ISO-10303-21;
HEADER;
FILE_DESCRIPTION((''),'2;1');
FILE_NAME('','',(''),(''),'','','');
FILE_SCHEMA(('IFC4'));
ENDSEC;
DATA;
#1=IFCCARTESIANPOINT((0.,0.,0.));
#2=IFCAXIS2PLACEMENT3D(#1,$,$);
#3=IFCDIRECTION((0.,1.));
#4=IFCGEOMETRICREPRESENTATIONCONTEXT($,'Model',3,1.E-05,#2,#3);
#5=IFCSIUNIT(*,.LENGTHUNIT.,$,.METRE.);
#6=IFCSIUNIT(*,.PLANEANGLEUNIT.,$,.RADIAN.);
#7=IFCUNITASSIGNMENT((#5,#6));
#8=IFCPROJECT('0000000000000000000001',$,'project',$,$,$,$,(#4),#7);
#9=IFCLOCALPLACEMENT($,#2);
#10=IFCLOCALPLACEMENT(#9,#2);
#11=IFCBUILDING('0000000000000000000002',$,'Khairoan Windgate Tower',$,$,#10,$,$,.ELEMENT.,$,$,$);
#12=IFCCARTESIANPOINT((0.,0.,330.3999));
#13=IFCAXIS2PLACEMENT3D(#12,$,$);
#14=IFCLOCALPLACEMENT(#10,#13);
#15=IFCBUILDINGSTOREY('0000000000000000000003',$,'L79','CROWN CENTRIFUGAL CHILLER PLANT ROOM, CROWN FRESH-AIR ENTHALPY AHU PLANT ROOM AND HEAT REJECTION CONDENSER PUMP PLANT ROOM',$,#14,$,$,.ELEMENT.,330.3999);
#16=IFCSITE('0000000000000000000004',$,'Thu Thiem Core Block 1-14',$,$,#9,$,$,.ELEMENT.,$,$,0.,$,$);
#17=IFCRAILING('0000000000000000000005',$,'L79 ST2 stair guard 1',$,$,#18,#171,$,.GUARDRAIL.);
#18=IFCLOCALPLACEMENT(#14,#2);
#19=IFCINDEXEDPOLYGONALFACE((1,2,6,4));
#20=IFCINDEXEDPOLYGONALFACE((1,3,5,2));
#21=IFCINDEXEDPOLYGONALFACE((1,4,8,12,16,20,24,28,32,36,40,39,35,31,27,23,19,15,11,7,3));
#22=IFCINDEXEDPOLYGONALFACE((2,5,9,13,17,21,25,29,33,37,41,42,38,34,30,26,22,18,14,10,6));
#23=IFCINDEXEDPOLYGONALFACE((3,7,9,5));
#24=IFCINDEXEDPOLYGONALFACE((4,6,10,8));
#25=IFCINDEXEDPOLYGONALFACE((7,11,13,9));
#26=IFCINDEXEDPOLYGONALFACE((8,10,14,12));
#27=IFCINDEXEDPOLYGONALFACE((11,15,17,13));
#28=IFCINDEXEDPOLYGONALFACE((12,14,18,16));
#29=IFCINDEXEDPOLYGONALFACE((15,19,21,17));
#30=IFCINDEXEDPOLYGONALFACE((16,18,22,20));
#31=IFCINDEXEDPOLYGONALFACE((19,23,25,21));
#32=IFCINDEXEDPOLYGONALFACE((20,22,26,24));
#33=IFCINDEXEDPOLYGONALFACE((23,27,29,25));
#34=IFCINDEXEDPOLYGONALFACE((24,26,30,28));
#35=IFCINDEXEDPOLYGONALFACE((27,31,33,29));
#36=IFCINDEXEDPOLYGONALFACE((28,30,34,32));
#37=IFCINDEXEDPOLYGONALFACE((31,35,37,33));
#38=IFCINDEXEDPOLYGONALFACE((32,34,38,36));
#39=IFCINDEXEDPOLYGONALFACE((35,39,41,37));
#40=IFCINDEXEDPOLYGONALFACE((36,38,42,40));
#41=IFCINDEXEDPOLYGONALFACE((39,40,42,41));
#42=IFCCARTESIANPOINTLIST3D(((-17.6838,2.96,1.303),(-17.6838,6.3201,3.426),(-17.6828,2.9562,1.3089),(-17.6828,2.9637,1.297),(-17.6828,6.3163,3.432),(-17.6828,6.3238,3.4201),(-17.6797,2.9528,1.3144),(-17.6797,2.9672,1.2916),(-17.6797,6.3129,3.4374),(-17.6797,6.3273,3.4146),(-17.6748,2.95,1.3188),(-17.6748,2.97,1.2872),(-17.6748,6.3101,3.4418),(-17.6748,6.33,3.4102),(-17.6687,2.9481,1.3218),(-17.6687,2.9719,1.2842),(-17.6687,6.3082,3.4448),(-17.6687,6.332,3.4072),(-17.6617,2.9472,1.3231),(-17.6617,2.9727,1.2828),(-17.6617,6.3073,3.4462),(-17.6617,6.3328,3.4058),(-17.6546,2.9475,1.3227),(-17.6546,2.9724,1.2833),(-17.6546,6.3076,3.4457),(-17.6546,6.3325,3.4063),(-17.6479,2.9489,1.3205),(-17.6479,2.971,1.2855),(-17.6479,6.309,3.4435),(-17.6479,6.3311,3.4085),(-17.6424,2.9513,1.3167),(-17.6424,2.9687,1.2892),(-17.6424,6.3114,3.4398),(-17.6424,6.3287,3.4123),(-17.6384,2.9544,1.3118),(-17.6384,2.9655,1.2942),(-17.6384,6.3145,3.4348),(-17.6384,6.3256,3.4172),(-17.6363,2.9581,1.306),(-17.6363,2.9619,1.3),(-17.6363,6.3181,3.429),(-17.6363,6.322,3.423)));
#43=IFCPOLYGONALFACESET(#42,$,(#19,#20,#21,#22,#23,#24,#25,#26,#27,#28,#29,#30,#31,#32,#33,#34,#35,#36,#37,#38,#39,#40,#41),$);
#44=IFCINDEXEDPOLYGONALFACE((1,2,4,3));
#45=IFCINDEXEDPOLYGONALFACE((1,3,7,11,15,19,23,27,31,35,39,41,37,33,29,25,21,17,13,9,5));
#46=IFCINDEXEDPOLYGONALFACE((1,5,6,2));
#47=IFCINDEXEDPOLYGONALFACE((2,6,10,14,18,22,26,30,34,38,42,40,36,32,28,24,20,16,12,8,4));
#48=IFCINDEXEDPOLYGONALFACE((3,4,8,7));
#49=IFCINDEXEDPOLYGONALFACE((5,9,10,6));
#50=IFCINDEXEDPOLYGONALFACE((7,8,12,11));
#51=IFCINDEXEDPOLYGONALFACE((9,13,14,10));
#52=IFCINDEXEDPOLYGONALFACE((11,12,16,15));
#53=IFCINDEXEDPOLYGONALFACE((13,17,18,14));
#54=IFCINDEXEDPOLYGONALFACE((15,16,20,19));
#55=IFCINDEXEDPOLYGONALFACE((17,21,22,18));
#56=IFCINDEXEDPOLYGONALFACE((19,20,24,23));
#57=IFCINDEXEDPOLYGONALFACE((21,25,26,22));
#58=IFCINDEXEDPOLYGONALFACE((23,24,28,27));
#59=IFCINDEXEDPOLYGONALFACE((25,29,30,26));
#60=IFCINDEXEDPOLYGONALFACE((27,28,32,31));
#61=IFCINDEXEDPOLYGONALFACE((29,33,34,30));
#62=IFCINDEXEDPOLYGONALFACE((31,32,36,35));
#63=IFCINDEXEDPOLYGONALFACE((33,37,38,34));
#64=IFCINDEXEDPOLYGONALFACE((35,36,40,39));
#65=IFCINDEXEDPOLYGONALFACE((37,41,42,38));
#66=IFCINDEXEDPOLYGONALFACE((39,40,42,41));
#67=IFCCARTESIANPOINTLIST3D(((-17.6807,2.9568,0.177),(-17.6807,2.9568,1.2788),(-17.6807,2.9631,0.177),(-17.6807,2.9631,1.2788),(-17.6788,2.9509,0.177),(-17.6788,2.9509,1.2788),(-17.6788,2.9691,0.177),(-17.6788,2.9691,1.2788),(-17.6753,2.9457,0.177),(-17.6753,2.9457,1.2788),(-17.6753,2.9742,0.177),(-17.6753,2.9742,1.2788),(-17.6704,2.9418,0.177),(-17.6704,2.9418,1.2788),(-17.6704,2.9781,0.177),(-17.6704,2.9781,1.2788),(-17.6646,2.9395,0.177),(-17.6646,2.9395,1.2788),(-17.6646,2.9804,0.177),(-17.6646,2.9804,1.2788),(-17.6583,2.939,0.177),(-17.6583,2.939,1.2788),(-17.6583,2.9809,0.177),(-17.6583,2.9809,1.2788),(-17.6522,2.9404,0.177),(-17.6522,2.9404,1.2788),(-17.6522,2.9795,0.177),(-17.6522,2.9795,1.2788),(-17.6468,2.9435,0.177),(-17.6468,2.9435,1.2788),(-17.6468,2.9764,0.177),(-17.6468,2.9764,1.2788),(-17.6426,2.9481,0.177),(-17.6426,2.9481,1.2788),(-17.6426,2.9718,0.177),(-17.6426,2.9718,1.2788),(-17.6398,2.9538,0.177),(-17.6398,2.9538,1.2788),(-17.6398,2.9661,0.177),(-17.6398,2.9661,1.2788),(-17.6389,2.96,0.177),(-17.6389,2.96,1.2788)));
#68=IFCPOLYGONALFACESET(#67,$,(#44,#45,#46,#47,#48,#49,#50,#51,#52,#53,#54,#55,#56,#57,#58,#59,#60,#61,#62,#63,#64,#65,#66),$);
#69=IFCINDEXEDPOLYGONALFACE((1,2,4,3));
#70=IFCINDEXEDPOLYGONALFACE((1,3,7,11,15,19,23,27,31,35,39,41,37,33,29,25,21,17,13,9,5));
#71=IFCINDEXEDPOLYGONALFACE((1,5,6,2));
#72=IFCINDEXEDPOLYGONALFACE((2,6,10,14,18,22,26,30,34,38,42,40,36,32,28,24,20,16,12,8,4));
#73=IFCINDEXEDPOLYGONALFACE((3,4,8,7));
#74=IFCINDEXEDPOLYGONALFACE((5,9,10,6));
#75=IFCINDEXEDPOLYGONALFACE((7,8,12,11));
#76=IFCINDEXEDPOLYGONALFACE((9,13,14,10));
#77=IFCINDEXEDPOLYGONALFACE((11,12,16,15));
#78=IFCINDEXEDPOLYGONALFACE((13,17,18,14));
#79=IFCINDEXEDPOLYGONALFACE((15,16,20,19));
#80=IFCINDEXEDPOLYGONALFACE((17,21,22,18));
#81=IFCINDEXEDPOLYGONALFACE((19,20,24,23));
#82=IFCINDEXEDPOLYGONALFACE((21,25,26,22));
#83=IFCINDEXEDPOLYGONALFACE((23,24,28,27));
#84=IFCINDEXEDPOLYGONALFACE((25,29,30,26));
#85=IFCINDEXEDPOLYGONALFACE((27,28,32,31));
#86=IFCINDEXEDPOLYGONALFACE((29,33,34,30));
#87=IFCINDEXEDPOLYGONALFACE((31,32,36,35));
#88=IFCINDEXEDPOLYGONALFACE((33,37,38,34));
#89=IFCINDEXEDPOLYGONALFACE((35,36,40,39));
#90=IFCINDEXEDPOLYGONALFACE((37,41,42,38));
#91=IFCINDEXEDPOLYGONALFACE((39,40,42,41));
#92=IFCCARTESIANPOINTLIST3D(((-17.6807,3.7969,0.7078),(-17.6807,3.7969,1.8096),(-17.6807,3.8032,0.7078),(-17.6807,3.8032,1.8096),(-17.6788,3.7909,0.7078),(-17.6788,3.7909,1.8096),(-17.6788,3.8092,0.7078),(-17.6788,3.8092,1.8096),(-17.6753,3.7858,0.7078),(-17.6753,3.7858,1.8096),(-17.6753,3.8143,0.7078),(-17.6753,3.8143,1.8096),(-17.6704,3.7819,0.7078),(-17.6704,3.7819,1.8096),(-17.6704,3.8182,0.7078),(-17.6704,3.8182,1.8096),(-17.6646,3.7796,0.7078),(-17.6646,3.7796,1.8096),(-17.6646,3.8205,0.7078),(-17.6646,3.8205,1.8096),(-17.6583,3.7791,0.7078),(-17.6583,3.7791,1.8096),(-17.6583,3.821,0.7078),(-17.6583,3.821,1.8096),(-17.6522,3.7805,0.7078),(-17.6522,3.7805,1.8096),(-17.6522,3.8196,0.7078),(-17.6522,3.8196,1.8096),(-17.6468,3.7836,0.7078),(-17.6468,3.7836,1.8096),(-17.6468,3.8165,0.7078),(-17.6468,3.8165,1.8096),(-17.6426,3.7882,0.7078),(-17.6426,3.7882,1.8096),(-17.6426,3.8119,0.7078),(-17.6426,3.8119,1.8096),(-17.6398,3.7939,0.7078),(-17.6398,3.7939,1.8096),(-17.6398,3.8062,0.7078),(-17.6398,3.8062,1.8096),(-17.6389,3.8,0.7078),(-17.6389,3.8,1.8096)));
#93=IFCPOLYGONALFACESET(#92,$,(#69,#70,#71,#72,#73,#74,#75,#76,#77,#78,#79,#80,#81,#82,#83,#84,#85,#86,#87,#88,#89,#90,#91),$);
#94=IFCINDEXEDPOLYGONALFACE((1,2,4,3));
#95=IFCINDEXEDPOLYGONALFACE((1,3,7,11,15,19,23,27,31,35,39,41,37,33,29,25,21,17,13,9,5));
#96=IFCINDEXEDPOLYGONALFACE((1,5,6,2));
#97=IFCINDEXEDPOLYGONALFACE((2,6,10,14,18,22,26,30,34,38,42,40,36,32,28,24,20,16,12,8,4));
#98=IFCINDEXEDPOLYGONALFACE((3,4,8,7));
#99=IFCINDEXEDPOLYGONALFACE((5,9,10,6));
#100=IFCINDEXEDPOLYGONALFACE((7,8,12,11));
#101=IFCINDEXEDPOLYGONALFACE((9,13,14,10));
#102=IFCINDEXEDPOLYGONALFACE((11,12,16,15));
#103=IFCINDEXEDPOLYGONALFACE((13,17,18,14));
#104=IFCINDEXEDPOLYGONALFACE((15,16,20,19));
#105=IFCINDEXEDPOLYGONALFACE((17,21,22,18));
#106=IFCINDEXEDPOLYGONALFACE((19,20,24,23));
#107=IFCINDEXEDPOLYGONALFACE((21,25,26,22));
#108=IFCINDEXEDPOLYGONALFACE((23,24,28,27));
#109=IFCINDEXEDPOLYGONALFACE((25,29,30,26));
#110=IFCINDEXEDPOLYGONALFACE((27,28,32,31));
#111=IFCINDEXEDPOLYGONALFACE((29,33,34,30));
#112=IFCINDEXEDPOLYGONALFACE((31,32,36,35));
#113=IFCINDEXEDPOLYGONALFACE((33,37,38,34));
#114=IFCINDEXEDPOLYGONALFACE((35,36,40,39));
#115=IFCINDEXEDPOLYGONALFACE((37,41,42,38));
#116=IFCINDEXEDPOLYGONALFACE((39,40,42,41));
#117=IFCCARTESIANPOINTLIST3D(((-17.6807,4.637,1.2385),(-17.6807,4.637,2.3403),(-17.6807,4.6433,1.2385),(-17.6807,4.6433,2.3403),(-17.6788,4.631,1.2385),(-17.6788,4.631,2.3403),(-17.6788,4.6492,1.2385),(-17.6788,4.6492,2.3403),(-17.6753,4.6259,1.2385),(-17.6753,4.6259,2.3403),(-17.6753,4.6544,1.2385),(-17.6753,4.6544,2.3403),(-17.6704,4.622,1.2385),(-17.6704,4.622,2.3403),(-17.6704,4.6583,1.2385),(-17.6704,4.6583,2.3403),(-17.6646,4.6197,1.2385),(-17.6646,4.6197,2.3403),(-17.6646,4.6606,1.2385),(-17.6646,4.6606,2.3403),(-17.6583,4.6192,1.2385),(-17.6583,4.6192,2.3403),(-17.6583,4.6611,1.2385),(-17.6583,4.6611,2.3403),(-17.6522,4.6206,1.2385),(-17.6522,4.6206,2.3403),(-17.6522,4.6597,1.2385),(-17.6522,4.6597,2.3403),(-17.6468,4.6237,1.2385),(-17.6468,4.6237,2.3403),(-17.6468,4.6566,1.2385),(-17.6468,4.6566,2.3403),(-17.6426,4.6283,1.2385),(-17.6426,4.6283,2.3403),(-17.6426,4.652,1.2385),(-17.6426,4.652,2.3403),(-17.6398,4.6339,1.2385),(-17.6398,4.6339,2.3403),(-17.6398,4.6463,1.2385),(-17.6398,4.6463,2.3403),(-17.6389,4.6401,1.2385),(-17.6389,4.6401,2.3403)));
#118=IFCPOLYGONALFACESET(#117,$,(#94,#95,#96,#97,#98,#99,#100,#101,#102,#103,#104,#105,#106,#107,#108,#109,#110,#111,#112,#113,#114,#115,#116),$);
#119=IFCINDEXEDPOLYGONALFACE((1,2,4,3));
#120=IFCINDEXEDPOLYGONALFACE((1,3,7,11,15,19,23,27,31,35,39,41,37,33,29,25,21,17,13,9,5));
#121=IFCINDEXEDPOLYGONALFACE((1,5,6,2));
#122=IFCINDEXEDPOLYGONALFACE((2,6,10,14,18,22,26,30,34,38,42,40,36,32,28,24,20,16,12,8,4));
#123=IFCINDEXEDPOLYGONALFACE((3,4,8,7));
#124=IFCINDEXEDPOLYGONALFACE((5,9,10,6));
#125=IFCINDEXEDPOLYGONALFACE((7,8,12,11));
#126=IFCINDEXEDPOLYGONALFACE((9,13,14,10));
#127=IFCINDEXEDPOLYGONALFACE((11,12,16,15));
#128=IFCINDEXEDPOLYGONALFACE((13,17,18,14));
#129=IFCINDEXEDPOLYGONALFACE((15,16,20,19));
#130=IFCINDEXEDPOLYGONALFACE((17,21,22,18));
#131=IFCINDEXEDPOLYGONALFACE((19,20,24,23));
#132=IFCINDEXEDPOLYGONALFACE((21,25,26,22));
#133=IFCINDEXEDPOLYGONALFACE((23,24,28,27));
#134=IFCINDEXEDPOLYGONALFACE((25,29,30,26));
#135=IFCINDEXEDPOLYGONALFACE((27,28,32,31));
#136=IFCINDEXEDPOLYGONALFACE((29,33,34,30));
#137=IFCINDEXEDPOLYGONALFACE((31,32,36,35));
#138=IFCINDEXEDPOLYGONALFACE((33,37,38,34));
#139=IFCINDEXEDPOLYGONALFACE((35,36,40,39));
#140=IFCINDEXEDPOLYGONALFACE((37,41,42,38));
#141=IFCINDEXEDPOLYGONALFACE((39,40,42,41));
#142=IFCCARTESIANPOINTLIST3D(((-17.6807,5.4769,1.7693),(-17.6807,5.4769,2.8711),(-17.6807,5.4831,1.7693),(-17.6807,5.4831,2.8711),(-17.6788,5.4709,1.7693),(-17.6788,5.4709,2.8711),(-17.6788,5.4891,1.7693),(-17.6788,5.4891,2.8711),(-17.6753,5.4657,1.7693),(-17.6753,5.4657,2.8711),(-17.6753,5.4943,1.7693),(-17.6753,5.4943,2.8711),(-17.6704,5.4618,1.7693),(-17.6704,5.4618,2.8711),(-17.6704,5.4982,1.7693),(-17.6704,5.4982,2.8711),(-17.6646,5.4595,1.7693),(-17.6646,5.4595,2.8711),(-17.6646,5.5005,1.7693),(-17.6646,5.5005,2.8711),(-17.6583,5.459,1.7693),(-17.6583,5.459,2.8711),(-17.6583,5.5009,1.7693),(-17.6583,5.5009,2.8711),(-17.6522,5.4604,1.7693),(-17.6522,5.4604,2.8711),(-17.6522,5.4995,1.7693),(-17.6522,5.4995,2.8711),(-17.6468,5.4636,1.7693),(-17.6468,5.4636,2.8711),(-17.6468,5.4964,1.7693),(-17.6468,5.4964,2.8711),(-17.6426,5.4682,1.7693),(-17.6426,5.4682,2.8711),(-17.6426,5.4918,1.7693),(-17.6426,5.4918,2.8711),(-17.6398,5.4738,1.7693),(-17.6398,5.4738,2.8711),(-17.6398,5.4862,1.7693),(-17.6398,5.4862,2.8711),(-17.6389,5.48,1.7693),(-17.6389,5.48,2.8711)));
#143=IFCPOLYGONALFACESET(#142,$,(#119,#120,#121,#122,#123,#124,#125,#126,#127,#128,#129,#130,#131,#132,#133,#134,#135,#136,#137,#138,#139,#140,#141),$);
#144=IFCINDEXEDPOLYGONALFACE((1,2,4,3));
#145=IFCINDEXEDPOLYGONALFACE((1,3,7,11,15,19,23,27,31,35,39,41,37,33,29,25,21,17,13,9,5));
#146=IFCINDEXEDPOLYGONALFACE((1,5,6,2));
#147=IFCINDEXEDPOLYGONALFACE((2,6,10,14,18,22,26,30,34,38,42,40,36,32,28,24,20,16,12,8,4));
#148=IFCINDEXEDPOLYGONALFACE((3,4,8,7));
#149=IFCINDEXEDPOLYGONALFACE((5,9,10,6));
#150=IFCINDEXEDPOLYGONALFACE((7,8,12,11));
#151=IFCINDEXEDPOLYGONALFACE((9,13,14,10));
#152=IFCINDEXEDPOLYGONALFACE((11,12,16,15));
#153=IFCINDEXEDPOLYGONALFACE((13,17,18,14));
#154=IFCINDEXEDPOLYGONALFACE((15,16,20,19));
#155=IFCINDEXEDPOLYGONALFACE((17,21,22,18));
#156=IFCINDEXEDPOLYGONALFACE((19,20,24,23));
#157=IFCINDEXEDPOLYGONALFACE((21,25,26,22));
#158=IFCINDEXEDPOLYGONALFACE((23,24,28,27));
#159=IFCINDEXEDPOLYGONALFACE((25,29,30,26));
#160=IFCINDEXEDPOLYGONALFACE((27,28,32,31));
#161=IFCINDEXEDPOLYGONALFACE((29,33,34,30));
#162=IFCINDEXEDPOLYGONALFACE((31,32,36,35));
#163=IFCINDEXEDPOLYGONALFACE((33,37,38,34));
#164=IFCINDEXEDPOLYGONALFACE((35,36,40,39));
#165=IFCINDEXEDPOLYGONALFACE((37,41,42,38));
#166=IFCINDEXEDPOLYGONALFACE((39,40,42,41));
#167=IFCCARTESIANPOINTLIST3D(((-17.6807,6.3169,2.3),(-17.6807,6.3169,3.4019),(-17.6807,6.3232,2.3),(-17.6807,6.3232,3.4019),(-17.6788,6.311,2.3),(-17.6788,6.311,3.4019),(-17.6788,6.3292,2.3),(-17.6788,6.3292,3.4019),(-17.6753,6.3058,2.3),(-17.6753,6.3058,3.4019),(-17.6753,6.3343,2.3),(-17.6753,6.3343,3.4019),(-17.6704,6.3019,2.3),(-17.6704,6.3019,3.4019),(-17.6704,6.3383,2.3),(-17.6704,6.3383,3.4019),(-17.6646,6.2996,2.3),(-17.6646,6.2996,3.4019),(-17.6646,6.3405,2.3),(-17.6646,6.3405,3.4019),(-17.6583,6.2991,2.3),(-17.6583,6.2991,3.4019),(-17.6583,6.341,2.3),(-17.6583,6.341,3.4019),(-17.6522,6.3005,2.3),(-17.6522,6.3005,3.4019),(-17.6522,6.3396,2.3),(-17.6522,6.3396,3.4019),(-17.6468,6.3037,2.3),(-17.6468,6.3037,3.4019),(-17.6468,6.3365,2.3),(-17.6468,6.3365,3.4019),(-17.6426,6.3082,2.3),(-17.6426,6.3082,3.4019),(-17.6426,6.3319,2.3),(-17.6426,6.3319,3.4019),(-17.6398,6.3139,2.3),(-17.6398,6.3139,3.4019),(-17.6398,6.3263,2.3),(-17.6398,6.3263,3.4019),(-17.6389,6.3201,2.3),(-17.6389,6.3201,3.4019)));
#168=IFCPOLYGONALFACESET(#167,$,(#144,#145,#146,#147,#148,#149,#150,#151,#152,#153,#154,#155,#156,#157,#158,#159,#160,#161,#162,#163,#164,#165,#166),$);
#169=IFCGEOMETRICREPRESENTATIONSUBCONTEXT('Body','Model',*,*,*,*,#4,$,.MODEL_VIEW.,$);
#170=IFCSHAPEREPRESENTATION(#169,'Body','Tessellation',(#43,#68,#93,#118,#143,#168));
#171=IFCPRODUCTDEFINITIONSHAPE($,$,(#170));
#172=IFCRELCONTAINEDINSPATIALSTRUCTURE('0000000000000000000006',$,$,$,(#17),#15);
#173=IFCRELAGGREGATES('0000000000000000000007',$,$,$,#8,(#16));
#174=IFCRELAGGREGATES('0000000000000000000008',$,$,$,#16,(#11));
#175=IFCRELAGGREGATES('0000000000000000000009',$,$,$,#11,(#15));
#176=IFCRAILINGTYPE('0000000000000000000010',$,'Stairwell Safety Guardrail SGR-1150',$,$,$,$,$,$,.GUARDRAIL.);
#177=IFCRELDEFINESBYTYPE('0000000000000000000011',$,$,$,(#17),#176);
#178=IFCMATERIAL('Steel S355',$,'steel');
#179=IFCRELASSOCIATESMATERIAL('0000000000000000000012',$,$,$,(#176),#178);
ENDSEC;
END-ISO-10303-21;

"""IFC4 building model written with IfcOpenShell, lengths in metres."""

from ifc_helpers import new_model, si_unit, direction, frame, origin, origin_2d, place, context, subcontext, project, spatial, circle, extrude, material, type_object, element, save


model = new_model("IFC4")

# Units and contexts
model_context = context("Model", 3, precision=1e-05, world=origin(), true_north=direction((0.0, 1.0)))
body_context = subcontext(model_context, "Body", "Model", "MODEL_VIEW")
ifc_project = project(units=[si_unit("LENGTHUNIT", "METRE"), si_unit("PLANEANGLEUNIT", "RADIAN")], contexts=[model_context])

# Site, building, storey
site_placement = place(None, origin())
site = spatial("IfcSite", under=ifc_project, at=site_placement, Name="Thu Thiem Core Block 1-14", CompositionType="ELEMENT", RefElevation=0.0)
building_placement = place(site_placement, origin())
building = spatial("IfcBuilding", under=site, at=building_placement, Name="Khairoan Windgate Tower", CompositionType="ELEMENT")
storey_placement = place(building_placement, frame((0.0, 0.0, 330.3999)))
storey = spatial("IfcBuildingStorey", under=building, at=storey_placement, Name="L79", Description="CROWN CENTRIFUGAL CHILLER PLANT ROOM, CROWN FRESH-AIR ENTHALPY AHU PLANT ROOM AND HEAT REJECTION CONDENSER PUMP PLANT ROOM", CompositionType="ELEMENT", Elevation=330.3999)

# Railing
ifc_material_1 = material(Name="Steel S355", Category="steel")
railing_type_1 = type_object("IfcRailingType", Name="Stairwell Safety Guardrail SGR-1150", PredefinedType="GUARDRAIL", material=ifc_material_1)
railing_1_placement = place(storey_placement, frame((-17.6599, 2.96, 0.177)))
element("IfcRailing", 1, at=railing_1_placement, inside=storey, type_object=railing_type_1, Name="L79 ST2 stair guard 1", PredefinedType="GUARDRAIL", context=body_context, shape_type="SweptSolid", body=[
    extrude(circle(Radius=0.0239, at=origin_2d()), frame((0.0, 0.0, 1.126), z_axis=(0.0, 0.84539, 0.53415), x_axis=(-1.0, 0.0, 0.0)), (0.0, 0.0, 1.0), 3.9746),
    extrude(circle(Radius=0.021, at=origin_2d()), origin(), (0.0, 0.0, 1.0), 1.1018),
    extrude(circle(Radius=0.021, at=origin_2d()), frame((0.0, 0.8401, 0.5308)), (0.0, 0.0, 1.0), 1.1018),
    extrude(circle(Radius=0.021, at=origin_2d()), frame((0.0, 1.6802, 1.0615)), (0.0, 0.0, 1.0), 1.1018),
    extrude(circle(Radius=0.021, at=origin_2d()), frame((0.0, 2.52, 1.5923)), (0.0, 0.0, 1.0), 1.1018),
    extrude(circle(Radius=0.021, at=origin_2d()), frame((0.0, 3.3601, 2.123)), (0.0, 0.0, 1.0), 1.1018),
])

save(model, "model.ifc")
